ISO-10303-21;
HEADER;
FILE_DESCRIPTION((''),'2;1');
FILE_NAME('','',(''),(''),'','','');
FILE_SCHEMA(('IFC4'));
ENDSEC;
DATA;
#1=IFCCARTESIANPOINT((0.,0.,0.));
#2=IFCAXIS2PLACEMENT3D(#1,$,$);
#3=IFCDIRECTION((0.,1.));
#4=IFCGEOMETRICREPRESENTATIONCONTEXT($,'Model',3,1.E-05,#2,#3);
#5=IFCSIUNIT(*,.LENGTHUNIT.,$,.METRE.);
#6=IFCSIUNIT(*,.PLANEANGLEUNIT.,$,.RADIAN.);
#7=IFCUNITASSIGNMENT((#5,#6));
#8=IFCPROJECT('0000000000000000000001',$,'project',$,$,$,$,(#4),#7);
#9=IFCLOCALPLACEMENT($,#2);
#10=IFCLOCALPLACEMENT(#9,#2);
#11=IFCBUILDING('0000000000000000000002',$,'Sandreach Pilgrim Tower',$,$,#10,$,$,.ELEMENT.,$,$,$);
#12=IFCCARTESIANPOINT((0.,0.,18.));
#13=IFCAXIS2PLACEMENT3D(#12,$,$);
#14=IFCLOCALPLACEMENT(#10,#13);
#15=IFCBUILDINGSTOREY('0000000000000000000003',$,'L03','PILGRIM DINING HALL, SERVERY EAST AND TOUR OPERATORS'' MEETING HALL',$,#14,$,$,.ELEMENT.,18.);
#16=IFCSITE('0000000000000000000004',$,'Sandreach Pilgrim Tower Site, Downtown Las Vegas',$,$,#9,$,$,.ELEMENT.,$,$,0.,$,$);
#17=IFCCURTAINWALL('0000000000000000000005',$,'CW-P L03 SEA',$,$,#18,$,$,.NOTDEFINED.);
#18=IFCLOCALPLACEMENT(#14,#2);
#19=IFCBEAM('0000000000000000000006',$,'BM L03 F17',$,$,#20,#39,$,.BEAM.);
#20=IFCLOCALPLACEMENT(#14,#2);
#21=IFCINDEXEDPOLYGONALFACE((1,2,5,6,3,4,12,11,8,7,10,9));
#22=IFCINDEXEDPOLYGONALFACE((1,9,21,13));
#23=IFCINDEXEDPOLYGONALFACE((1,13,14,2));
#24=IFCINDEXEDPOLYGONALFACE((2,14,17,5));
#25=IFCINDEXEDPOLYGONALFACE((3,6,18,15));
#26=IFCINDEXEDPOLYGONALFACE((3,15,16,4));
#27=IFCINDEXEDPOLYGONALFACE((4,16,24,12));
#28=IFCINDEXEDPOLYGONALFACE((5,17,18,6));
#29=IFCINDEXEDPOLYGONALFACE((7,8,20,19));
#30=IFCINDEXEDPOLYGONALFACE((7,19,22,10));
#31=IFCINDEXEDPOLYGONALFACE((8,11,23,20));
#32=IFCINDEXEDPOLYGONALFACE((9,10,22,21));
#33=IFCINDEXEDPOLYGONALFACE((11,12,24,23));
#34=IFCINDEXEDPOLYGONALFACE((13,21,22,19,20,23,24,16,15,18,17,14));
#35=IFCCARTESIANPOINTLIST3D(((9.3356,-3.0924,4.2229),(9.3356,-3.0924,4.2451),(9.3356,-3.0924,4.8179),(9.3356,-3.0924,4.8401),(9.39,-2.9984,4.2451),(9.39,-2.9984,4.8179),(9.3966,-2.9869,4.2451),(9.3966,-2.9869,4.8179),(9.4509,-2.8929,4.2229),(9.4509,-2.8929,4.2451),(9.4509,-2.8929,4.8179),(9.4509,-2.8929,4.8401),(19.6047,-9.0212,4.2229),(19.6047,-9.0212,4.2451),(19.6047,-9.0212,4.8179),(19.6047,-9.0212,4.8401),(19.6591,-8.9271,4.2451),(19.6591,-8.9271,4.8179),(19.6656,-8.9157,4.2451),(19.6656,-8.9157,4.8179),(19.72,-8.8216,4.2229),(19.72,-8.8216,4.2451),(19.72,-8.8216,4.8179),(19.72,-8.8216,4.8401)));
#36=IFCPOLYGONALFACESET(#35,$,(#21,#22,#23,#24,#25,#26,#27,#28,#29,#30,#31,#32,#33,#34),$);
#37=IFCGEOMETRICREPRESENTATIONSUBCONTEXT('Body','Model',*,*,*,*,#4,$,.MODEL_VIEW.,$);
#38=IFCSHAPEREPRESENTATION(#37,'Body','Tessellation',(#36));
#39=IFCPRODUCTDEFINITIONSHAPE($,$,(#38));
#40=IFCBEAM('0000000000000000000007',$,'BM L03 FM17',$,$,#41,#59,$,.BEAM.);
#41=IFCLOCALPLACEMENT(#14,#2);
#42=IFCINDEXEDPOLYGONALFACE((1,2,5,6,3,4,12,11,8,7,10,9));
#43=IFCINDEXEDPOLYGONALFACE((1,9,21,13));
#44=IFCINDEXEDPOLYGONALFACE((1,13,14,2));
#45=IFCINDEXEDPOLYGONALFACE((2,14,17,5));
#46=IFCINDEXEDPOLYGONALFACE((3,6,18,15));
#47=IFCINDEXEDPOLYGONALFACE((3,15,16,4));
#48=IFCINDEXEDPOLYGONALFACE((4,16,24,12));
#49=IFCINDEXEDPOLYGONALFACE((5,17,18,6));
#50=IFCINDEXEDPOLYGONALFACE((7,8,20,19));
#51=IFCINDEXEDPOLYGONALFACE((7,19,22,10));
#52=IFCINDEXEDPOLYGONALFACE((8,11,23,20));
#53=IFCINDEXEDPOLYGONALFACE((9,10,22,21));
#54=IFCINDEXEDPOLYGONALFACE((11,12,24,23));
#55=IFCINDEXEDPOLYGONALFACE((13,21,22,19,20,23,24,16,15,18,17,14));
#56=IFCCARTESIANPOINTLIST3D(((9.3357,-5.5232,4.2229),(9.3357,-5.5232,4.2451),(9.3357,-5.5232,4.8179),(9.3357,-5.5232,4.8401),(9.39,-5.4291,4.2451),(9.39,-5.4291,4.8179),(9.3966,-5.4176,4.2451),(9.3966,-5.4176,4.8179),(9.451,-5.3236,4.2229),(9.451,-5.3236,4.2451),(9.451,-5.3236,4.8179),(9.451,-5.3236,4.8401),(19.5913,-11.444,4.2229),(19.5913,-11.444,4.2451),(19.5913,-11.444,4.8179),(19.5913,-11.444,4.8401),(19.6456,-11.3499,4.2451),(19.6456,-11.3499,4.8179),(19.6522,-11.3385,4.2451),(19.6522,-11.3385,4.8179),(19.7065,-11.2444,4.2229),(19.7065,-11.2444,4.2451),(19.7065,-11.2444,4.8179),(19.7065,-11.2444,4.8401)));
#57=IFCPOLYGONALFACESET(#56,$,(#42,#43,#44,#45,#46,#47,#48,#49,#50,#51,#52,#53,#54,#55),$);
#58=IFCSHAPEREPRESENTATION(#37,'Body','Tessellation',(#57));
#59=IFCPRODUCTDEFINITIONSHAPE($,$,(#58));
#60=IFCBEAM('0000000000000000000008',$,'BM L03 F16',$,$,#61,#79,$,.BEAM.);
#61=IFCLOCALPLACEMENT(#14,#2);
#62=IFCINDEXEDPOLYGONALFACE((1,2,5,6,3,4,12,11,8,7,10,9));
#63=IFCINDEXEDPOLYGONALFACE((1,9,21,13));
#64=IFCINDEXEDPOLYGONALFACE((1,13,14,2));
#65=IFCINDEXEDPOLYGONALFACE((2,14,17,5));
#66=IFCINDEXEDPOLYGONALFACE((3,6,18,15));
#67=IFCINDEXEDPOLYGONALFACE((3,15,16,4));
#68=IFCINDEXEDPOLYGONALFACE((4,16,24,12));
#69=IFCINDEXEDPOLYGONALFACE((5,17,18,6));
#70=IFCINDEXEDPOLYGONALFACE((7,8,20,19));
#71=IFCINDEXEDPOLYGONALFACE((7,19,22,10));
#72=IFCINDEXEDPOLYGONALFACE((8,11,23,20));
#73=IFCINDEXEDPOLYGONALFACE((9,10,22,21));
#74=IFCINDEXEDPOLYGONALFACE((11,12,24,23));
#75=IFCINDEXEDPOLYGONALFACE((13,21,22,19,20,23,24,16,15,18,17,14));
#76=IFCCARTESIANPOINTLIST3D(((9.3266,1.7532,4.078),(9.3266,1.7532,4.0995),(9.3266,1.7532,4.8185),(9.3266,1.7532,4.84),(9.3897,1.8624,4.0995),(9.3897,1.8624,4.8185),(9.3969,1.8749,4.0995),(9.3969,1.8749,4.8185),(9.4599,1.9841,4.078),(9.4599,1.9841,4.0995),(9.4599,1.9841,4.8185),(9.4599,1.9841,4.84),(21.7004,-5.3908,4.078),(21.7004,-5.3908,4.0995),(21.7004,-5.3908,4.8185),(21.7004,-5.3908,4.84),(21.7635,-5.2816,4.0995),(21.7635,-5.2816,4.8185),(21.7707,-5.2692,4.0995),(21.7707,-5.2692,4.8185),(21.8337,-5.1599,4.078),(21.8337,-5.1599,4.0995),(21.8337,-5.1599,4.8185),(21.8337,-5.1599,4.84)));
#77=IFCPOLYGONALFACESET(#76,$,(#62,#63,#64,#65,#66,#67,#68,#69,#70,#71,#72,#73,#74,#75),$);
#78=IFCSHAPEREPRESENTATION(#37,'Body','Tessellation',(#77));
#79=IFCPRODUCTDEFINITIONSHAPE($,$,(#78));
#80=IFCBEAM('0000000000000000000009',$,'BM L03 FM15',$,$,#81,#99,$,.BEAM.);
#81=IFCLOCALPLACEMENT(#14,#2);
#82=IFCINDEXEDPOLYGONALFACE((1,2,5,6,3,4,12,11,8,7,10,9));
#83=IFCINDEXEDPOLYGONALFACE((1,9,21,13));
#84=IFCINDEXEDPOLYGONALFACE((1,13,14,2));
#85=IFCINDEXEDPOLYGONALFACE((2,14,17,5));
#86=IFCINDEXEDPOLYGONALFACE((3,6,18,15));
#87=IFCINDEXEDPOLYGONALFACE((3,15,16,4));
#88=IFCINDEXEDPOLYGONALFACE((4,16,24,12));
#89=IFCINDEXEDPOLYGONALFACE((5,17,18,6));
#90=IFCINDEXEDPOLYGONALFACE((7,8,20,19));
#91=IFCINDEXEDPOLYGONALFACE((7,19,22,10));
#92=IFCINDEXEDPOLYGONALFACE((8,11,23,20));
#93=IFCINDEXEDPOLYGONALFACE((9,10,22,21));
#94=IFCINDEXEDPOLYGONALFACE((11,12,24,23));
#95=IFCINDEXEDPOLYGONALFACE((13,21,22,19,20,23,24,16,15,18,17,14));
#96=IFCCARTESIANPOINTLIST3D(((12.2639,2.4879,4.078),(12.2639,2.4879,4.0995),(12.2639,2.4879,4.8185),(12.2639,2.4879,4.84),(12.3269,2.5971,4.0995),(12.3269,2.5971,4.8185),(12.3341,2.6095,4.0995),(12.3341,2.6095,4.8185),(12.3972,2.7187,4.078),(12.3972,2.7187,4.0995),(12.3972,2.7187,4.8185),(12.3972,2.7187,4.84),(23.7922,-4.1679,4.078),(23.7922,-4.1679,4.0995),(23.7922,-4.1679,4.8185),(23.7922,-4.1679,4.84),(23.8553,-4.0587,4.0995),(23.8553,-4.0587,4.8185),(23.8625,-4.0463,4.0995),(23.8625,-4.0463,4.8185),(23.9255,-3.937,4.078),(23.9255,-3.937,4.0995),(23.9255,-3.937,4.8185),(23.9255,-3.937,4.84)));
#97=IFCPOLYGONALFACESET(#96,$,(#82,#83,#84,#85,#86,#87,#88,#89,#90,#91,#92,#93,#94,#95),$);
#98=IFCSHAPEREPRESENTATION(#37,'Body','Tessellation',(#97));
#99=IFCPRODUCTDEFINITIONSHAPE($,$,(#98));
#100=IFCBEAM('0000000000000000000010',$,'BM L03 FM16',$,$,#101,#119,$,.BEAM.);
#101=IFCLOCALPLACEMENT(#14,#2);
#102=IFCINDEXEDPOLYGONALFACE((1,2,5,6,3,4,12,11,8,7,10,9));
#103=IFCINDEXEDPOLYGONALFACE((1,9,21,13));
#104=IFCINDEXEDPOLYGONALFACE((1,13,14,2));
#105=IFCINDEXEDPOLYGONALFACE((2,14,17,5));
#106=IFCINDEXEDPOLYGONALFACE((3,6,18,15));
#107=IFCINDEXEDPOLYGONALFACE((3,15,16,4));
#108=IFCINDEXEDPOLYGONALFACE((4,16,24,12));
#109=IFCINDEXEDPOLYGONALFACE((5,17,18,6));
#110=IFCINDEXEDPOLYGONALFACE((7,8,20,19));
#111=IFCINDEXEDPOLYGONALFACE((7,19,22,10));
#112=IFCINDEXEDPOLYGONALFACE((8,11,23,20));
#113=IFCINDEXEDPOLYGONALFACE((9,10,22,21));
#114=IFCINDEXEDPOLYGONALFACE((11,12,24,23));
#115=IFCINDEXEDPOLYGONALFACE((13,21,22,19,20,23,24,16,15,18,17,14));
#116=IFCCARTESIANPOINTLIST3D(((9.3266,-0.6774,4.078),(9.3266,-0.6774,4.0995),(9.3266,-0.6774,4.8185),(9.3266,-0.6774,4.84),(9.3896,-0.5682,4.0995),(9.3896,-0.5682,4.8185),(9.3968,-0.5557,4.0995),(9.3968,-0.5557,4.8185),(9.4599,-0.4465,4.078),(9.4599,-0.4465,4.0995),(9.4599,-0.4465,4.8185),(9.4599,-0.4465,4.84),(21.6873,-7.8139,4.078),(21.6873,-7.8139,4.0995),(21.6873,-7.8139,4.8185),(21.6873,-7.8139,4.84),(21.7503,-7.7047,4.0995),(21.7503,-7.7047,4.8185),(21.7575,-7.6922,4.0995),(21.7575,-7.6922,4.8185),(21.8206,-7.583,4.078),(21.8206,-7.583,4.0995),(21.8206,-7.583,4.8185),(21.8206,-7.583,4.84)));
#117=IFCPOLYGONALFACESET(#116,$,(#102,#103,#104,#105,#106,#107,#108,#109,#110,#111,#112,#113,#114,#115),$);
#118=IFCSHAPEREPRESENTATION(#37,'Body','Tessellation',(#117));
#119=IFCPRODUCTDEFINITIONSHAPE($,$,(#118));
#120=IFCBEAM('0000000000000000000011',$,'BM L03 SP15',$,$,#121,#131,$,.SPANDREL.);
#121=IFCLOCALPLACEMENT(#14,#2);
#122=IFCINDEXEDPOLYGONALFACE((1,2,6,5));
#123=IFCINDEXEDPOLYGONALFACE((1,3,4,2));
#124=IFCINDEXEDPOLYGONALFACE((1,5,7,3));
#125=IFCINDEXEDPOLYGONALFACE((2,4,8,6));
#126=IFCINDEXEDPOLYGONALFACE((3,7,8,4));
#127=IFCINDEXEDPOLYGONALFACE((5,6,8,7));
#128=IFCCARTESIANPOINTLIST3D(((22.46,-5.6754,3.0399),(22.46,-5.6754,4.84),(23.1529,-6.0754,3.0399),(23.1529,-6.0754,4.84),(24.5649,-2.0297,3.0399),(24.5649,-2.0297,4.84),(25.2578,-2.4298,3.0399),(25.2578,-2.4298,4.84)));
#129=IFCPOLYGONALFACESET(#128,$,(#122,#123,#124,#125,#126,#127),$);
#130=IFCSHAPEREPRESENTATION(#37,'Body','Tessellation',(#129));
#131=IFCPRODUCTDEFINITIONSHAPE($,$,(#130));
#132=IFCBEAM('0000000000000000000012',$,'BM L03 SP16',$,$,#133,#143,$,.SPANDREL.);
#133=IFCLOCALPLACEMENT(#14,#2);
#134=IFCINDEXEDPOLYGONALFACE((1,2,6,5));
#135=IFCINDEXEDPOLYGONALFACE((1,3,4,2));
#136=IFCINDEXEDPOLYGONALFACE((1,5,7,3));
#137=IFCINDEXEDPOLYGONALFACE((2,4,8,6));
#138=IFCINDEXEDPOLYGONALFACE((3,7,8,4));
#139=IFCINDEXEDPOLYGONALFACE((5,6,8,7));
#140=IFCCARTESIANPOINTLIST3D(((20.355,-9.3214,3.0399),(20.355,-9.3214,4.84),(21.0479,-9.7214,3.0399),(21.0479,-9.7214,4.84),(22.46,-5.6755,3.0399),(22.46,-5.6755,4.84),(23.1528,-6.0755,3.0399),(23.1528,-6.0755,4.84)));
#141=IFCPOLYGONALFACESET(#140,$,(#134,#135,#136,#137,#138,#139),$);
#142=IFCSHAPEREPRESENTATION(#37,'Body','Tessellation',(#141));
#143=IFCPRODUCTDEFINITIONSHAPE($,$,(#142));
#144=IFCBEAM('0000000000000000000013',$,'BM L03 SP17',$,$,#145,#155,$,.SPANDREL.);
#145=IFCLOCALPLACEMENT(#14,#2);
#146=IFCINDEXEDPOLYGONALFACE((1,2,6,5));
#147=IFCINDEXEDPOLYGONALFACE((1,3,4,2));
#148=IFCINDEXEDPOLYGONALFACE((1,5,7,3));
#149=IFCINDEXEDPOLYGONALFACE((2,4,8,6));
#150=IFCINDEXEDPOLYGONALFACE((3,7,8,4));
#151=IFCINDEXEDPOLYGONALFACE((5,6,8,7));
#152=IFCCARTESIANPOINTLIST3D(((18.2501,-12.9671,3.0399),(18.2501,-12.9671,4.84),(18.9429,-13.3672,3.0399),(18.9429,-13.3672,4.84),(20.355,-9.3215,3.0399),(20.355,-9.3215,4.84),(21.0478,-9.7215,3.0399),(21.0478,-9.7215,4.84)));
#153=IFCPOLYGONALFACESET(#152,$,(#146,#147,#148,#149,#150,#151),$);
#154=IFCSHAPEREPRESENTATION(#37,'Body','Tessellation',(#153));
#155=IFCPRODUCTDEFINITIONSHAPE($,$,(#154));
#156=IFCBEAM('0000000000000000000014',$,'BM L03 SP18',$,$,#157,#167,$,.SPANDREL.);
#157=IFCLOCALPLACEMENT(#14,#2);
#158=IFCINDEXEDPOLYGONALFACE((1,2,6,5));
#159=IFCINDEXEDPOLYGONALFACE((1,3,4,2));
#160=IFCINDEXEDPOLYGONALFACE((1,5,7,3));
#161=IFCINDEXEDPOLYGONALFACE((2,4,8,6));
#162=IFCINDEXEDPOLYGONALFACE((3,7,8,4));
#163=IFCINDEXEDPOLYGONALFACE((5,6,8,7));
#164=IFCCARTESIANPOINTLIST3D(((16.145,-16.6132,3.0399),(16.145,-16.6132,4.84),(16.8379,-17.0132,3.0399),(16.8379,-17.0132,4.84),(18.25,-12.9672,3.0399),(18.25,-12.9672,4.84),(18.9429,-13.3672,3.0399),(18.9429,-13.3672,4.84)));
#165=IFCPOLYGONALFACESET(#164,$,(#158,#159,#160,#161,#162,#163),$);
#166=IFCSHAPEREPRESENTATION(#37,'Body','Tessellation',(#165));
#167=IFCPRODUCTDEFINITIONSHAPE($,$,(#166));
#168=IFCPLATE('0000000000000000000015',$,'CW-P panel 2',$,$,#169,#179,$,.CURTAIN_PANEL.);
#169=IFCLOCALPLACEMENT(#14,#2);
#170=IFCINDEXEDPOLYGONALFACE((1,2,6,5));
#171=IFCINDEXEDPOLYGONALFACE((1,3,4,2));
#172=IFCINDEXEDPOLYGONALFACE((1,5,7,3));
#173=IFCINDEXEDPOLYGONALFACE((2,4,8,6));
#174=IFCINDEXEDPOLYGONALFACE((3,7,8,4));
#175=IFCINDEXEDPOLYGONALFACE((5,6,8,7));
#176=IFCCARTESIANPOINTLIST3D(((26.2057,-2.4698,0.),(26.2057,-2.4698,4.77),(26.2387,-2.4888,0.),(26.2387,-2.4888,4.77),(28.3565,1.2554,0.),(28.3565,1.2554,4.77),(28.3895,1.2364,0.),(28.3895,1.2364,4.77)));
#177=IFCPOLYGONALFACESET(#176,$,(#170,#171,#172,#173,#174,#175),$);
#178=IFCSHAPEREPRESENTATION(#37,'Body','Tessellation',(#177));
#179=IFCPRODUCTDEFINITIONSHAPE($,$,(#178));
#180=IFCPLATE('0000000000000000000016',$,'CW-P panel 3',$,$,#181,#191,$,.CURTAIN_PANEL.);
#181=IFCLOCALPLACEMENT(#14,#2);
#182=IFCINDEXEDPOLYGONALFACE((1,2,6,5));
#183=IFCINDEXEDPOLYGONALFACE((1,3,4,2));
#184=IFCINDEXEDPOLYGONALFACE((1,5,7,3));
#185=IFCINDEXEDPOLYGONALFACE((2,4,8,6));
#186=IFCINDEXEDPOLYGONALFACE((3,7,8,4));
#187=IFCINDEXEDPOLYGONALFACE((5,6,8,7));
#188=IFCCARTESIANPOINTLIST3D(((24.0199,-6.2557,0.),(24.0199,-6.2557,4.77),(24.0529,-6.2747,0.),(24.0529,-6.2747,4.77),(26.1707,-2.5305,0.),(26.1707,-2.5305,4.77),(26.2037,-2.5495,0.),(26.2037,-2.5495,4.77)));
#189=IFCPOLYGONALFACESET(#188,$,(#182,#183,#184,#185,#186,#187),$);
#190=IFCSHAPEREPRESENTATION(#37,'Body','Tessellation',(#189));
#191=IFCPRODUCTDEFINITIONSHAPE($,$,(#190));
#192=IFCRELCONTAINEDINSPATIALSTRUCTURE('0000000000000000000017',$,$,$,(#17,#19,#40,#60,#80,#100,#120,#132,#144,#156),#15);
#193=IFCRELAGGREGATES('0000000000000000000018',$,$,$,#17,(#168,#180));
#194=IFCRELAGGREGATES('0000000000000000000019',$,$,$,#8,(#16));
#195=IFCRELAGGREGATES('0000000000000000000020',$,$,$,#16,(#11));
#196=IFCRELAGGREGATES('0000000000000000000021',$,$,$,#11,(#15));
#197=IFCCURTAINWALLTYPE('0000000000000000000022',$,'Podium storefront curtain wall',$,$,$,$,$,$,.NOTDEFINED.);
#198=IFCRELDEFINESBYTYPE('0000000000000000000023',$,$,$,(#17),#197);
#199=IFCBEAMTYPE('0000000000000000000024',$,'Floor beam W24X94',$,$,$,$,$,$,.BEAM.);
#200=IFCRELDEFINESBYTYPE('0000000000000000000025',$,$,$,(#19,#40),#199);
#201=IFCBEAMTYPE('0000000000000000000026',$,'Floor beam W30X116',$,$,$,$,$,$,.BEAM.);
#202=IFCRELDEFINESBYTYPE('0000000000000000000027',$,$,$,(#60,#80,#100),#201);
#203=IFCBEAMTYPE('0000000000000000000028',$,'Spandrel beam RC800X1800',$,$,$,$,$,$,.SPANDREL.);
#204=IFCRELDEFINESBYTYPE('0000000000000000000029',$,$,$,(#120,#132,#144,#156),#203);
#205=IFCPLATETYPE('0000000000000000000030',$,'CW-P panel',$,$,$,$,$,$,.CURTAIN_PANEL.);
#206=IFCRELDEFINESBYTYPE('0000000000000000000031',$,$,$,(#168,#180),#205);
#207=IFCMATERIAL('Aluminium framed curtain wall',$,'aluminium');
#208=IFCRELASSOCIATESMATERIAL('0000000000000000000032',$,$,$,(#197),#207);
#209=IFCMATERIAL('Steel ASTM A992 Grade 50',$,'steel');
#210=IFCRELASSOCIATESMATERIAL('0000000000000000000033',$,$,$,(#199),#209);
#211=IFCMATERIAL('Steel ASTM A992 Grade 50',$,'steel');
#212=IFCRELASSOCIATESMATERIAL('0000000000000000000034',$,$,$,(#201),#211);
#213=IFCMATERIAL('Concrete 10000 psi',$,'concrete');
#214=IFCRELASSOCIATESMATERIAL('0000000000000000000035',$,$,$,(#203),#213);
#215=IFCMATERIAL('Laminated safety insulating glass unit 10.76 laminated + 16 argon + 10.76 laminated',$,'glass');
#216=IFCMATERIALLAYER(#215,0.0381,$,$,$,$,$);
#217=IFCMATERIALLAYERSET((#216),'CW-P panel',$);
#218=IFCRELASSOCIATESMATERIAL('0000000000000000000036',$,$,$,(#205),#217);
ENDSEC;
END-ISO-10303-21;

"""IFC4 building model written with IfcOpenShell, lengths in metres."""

from ifc_helpers import new_model, si_unit, direction, frame, origin, origin_2d, place, context, subcontext, project, spatial, rectangle, i_section, extrude, material, layer, layer_set, material_profile, profile_set, type_object, element, aggregate, save


model = new_model("IFC4")

# Units and contexts
model_context = context("Model", 3, precision=1e-05, world=origin(), true_north=direction((0.0, 1.0)))
body_context = subcontext(model_context, "Body", "Model", "MODEL_VIEW")
ifc_project = project(units=[si_unit("LENGTHUNIT", "METRE"), si_unit("PLANEANGLEUNIT", "RADIAN")], contexts=[model_context])

# Site, building, storey
site_placement = place(None, origin())
site = spatial("IfcSite", under=ifc_project, at=site_placement, Name="Sandreach Pilgrim Tower Site, Downtown Las Vegas", CompositionType="ELEMENT", RefElevation=0.0)
building_placement = place(site_placement, origin())
building = spatial("IfcBuilding", under=site, at=building_placement, Name="Sandreach Pilgrim Tower", CompositionType="ELEMENT")
storey_placement = place(building_placement, frame((0.0, 0.0, 18.0)))
storey = spatial("IfcBuildingStorey", under=building, at=storey_placement, Name="L03", Description="PILGRIM DINING HALL, SERVERY EAST AND TOUR OPERATORS' MEETING HALL", CompositionType="ELEMENT", Elevation=18.0)

# Curtain wall
ifc_material_1 = material(Name="Aluminium framed curtain wall", Category="aluminium")
curtain_wall_type = type_object("IfcCurtainWallType", Name="Podium storefront curtain wall", PredefinedType="NOTDEFINED", material=ifc_material_1)
curtain_wall_placement = place(storey_placement, origin())
curtain_wall = element("IfcCurtainWall", 1, at=curtain_wall_placement, inside=storey, type_object=curtain_wall_type, Name="CW-P L03 SEA", PredefinedType="NOTDEFINED")

# Beams
ifc_material_2 = material(Name="Steel ASTM A992 Grade 50", Category="steel")
ifc_material_profile_1 = material_profile(ifc_material_2, i_section(OverallWidth=0.2305, OverallDepth=0.6172, WebThickness=0.0132, FlangeThickness=0.0222, at=origin_2d()), Name="W24X94")
ifc_profile_set_1 = profile_set([ifc_material_profile_1], Name="Steel ASTM A992 Grade 50")
beam_type_1 = type_object("IfcBeamType", Name="Floor beam W24X94", PredefinedType="BEAM", material=ifc_profile_set_1)
beam_1_placement = place(storey_placement, frame((19.6624, -8.9214, 4.5315), z_axis=(-0.86603, 0.499992, 0.0), x_axis=(-0.499992, -0.86603, 0.0)))
element("IfcBeam", 2, at=beam_1_placement, inside=storey, type_object=beam_type_1, Name="BM L03 F17", PredefinedType="BEAM", context=body_context, shape_type="SweptSolid", body=[
    extrude(i_section(OverallWidth=0.2305, OverallDepth=0.6172, WebThickness=0.0132, FlangeThickness=0.0222, at=origin_2d()), origin(), (0.0, 0.0, 1.0), 11.8577),
])
beam_2_placement = place(storey_placement, frame((19.6489, -11.3442, 4.5315), z_axis=(-0.866032, 0.499988, 0.0), x_axis=(-0.499988, -0.866032, 0.0)))
element("IfcBeam", 3, at=beam_2_placement, inside=storey, type_object=beam_type_1, Name="BM L03 FM17", PredefinedType="BEAM", context=body_context, shape_type="SweptSolid", body=[
    extrude(i_section(OverallWidth=0.2305, OverallDepth=0.6172, WebThickness=0.0132, FlangeThickness=0.0222, at=origin_2d()), origin(), (0.0, 0.0, 1.0), 11.842),
])
ifc_material_3 = material(Name="Steel ASTM A992 Grade 50", Category="steel")
ifc_material_profile_2 = material_profile(ifc_material_3, i_section(OverallWidth=0.2666, OverallDepth=0.762, WebThickness=0.0144, FlangeThickness=0.0215, at=origin_2d()), Name="W30X116")
ifc_profile_set_2 = profile_set([ifc_material_profile_2], Name="Steel ASTM A992 Grade 50")
beam_type_2 = type_object("IfcBeamType", Name="Floor beam W30X116", PredefinedType="BEAM", material=ifc_profile_set_2)
beam_3_placement = place(storey_placement, frame((21.7671, -5.2754, 4.459), z_axis=(-0.866024, 0.500002, 0.0), x_axis=(-0.500002, -0.866024, 0.0)))
element("IfcBeam", 4, at=beam_3_placement, inside=storey, type_object=beam_type_2, Name="BM L03 F16", PredefinedType="BEAM", context=body_context, shape_type="SweptSolid", body=[
    extrude(i_section(OverallWidth=0.2666, OverallDepth=0.762, WebThickness=0.0144, FlangeThickness=0.0215, at=origin_2d()), origin(), (0.0, 0.0, 1.0), 14.2881),
])
beam_4_placement = place(storey_placement, frame((23.8589, -4.0525, 4.459), z_axis=(-0.866029, 0.499993, 0.0), x_axis=(-0.499993, -0.866029, 0.0)))
element("IfcBeam", 5, at=beam_4_placement, inside=storey, type_object=beam_type_2, Name="BM L03 FM15", PredefinedType="BEAM", context=body_context, shape_type="SweptSolid", body=[
    extrude(i_section(OverallWidth=0.2666, OverallDepth=0.762, WebThickness=0.0144, FlangeThickness=0.0215, at=origin_2d()), origin(), (0.0, 0.0, 1.0), 13.3118),
])
beam_5_placement = place(storey_placement, frame((21.7539, -7.6985, 4.459), z_axis=(-0.866023, 0.500004, 0.0), x_axis=(-0.500004, -0.866023, 0.0)))
element("IfcBeam", 6, at=beam_5_placement, inside=storey, type_object=beam_type_2, Name="BM L03 FM16", PredefinedType="BEAM", context=body_context, shape_type="SweptSolid", body=[
    extrude(i_section(OverallWidth=0.2666, OverallDepth=0.762, WebThickness=0.0144, FlangeThickness=0.0215, at=origin_2d()), origin(), (0.0, 0.0, 1.0), 14.2729),
])
ifc_material_4 = material(Name="Concrete 10000 psi", Category="concrete")
ifc_material_profile_3 = material_profile(ifc_material_4, rectangle(XDim=0.8, YDim=1.8, at=origin_2d()), Name="RC800X1800")
ifc_profile_set_3 = profile_set([ifc_material_profile_3], Name="Concrete 10000 psi")
beam_type_3 = type_object("IfcBeamType", Name="Spandrel beam RC800X1800", PredefinedType="SPANDREL", material=ifc_profile_set_3)
beam_6_placement = place(storey_placement, frame((24.9114, -2.2297, 3.9399), z_axis=(-0.500019, -0.866015, 0.0), x_axis=(0.866015, -0.500019, 0.0)))
element("IfcBeam", 7, at=beam_6_placement, inside=storey, type_object=beam_type_3, Name="BM L03 SP15", PredefinedType="SPANDREL", context=body_context, shape_type="SweptSolid", body=[
    extrude(rectangle(XDim=0.8, YDim=1.8, at=origin_2d()), origin(), (0.0, 0.0, 1.0), 4.2097),
])
beam_7_placement = place(storey_placement, frame((22.8064, -5.8755, 3.9399), z_axis=(-0.499994, -0.866029, 0.0), x_axis=(0.866029, -0.499994, 0.0)))
element("IfcBeam", 8, at=beam_7_placement, inside=storey, type_object=beam_type_3, Name="BM L03 SP16", PredefinedType="SPANDREL", context=body_context, shape_type="SweptSolid", body=[
    extrude(rectangle(XDim=0.8, YDim=1.8, at=origin_2d()), origin(), (0.0, 0.0, 1.0), 4.21),
])
beam_8_placement = place(storey_placement, frame((20.7014, -9.5215, 3.9399), z_axis=(-0.500019, -0.866015, 0.0), x_axis=(0.866015, -0.500019, 0.0)))
element("IfcBeam", 9, at=beam_8_placement, inside=storey, type_object=beam_type_3, Name="BM L03 SP17", PredefinedType="SPANDREL", context=body_context, shape_type="SweptSolid", body=[
    extrude(rectangle(XDim=0.8, YDim=1.8, at=origin_2d()), origin(), (0.0, 0.0, 1.0), 4.2097),
])
beam_9_placement = place(storey_placement, frame((18.5964, -13.1672, 3.9399), z_axis=(-0.499994, -0.866029, 0.0), x_axis=(0.866029, -0.499994, 0.0)))
element("IfcBeam", 10, at=beam_9_placement, inside=storey, type_object=beam_type_3, Name="BM L03 SP18", PredefinedType="SPANDREL", context=body_context, shape_type="SweptSolid", body=[
    extrude(rectangle(XDim=0.8, YDim=1.8, at=origin_2d()), origin(), (0.0, 0.0, 1.0), 4.21),
])

# Plates
ifc_material_5 = material(Name="Laminated safety insulating glass unit 10.76 laminated + 16 argon + 10.76 laminated", Category="glass")
ifc_layer_1 = layer(ifc_material_5, 0.0381)
ifc_layer_set_1 = layer_set([ifc_layer_1], Name="CW-P panel")
plate_type = type_object("IfcPlateType", Name="CW-P panel", PredefinedType="CURTAIN_PANEL", material=ifc_layer_set_1)
plate_1_placement = place(storey_placement, frame((27.2976, -0.6167, 0.0), z_axis=(0.0, 0.0, 1.0), x_axis=(-0.5, -0.866025, 0.0)))
plate_1 = element("IfcPlate", 11, at=plate_1_placement, type_object=plate_type, Name="CW-P panel 2", PredefinedType="CURTAIN_PANEL", context=body_context, shape_type="SweptSolid", body=[
    extrude(rectangle(XDim=4.3015, YDim=0.0381, at=origin_2d()), origin(), (0.0, 0.0, 1.0), 4.77),
])
plate_2_placement = place(storey_placement, frame((25.1118, -4.4026, 0.0), z_axis=(0.0, 0.0, 1.0), x_axis=(-0.5, -0.866025, 0.0)))
plate_2 = element("IfcPlate", 12, at=plate_2_placement, type_object=plate_type, Name="CW-P panel 3", PredefinedType="CURTAIN_PANEL", context=body_context, shape_type="SweptSolid", body=[
    extrude(rectangle(XDim=4.3015, YDim=0.0381, at=origin_2d()), origin(), (0.0, 0.0, 1.0), 4.77),
])
aggregate(curtain_wall, [plate_1, plate_2])

save(model, "model.ifc")
